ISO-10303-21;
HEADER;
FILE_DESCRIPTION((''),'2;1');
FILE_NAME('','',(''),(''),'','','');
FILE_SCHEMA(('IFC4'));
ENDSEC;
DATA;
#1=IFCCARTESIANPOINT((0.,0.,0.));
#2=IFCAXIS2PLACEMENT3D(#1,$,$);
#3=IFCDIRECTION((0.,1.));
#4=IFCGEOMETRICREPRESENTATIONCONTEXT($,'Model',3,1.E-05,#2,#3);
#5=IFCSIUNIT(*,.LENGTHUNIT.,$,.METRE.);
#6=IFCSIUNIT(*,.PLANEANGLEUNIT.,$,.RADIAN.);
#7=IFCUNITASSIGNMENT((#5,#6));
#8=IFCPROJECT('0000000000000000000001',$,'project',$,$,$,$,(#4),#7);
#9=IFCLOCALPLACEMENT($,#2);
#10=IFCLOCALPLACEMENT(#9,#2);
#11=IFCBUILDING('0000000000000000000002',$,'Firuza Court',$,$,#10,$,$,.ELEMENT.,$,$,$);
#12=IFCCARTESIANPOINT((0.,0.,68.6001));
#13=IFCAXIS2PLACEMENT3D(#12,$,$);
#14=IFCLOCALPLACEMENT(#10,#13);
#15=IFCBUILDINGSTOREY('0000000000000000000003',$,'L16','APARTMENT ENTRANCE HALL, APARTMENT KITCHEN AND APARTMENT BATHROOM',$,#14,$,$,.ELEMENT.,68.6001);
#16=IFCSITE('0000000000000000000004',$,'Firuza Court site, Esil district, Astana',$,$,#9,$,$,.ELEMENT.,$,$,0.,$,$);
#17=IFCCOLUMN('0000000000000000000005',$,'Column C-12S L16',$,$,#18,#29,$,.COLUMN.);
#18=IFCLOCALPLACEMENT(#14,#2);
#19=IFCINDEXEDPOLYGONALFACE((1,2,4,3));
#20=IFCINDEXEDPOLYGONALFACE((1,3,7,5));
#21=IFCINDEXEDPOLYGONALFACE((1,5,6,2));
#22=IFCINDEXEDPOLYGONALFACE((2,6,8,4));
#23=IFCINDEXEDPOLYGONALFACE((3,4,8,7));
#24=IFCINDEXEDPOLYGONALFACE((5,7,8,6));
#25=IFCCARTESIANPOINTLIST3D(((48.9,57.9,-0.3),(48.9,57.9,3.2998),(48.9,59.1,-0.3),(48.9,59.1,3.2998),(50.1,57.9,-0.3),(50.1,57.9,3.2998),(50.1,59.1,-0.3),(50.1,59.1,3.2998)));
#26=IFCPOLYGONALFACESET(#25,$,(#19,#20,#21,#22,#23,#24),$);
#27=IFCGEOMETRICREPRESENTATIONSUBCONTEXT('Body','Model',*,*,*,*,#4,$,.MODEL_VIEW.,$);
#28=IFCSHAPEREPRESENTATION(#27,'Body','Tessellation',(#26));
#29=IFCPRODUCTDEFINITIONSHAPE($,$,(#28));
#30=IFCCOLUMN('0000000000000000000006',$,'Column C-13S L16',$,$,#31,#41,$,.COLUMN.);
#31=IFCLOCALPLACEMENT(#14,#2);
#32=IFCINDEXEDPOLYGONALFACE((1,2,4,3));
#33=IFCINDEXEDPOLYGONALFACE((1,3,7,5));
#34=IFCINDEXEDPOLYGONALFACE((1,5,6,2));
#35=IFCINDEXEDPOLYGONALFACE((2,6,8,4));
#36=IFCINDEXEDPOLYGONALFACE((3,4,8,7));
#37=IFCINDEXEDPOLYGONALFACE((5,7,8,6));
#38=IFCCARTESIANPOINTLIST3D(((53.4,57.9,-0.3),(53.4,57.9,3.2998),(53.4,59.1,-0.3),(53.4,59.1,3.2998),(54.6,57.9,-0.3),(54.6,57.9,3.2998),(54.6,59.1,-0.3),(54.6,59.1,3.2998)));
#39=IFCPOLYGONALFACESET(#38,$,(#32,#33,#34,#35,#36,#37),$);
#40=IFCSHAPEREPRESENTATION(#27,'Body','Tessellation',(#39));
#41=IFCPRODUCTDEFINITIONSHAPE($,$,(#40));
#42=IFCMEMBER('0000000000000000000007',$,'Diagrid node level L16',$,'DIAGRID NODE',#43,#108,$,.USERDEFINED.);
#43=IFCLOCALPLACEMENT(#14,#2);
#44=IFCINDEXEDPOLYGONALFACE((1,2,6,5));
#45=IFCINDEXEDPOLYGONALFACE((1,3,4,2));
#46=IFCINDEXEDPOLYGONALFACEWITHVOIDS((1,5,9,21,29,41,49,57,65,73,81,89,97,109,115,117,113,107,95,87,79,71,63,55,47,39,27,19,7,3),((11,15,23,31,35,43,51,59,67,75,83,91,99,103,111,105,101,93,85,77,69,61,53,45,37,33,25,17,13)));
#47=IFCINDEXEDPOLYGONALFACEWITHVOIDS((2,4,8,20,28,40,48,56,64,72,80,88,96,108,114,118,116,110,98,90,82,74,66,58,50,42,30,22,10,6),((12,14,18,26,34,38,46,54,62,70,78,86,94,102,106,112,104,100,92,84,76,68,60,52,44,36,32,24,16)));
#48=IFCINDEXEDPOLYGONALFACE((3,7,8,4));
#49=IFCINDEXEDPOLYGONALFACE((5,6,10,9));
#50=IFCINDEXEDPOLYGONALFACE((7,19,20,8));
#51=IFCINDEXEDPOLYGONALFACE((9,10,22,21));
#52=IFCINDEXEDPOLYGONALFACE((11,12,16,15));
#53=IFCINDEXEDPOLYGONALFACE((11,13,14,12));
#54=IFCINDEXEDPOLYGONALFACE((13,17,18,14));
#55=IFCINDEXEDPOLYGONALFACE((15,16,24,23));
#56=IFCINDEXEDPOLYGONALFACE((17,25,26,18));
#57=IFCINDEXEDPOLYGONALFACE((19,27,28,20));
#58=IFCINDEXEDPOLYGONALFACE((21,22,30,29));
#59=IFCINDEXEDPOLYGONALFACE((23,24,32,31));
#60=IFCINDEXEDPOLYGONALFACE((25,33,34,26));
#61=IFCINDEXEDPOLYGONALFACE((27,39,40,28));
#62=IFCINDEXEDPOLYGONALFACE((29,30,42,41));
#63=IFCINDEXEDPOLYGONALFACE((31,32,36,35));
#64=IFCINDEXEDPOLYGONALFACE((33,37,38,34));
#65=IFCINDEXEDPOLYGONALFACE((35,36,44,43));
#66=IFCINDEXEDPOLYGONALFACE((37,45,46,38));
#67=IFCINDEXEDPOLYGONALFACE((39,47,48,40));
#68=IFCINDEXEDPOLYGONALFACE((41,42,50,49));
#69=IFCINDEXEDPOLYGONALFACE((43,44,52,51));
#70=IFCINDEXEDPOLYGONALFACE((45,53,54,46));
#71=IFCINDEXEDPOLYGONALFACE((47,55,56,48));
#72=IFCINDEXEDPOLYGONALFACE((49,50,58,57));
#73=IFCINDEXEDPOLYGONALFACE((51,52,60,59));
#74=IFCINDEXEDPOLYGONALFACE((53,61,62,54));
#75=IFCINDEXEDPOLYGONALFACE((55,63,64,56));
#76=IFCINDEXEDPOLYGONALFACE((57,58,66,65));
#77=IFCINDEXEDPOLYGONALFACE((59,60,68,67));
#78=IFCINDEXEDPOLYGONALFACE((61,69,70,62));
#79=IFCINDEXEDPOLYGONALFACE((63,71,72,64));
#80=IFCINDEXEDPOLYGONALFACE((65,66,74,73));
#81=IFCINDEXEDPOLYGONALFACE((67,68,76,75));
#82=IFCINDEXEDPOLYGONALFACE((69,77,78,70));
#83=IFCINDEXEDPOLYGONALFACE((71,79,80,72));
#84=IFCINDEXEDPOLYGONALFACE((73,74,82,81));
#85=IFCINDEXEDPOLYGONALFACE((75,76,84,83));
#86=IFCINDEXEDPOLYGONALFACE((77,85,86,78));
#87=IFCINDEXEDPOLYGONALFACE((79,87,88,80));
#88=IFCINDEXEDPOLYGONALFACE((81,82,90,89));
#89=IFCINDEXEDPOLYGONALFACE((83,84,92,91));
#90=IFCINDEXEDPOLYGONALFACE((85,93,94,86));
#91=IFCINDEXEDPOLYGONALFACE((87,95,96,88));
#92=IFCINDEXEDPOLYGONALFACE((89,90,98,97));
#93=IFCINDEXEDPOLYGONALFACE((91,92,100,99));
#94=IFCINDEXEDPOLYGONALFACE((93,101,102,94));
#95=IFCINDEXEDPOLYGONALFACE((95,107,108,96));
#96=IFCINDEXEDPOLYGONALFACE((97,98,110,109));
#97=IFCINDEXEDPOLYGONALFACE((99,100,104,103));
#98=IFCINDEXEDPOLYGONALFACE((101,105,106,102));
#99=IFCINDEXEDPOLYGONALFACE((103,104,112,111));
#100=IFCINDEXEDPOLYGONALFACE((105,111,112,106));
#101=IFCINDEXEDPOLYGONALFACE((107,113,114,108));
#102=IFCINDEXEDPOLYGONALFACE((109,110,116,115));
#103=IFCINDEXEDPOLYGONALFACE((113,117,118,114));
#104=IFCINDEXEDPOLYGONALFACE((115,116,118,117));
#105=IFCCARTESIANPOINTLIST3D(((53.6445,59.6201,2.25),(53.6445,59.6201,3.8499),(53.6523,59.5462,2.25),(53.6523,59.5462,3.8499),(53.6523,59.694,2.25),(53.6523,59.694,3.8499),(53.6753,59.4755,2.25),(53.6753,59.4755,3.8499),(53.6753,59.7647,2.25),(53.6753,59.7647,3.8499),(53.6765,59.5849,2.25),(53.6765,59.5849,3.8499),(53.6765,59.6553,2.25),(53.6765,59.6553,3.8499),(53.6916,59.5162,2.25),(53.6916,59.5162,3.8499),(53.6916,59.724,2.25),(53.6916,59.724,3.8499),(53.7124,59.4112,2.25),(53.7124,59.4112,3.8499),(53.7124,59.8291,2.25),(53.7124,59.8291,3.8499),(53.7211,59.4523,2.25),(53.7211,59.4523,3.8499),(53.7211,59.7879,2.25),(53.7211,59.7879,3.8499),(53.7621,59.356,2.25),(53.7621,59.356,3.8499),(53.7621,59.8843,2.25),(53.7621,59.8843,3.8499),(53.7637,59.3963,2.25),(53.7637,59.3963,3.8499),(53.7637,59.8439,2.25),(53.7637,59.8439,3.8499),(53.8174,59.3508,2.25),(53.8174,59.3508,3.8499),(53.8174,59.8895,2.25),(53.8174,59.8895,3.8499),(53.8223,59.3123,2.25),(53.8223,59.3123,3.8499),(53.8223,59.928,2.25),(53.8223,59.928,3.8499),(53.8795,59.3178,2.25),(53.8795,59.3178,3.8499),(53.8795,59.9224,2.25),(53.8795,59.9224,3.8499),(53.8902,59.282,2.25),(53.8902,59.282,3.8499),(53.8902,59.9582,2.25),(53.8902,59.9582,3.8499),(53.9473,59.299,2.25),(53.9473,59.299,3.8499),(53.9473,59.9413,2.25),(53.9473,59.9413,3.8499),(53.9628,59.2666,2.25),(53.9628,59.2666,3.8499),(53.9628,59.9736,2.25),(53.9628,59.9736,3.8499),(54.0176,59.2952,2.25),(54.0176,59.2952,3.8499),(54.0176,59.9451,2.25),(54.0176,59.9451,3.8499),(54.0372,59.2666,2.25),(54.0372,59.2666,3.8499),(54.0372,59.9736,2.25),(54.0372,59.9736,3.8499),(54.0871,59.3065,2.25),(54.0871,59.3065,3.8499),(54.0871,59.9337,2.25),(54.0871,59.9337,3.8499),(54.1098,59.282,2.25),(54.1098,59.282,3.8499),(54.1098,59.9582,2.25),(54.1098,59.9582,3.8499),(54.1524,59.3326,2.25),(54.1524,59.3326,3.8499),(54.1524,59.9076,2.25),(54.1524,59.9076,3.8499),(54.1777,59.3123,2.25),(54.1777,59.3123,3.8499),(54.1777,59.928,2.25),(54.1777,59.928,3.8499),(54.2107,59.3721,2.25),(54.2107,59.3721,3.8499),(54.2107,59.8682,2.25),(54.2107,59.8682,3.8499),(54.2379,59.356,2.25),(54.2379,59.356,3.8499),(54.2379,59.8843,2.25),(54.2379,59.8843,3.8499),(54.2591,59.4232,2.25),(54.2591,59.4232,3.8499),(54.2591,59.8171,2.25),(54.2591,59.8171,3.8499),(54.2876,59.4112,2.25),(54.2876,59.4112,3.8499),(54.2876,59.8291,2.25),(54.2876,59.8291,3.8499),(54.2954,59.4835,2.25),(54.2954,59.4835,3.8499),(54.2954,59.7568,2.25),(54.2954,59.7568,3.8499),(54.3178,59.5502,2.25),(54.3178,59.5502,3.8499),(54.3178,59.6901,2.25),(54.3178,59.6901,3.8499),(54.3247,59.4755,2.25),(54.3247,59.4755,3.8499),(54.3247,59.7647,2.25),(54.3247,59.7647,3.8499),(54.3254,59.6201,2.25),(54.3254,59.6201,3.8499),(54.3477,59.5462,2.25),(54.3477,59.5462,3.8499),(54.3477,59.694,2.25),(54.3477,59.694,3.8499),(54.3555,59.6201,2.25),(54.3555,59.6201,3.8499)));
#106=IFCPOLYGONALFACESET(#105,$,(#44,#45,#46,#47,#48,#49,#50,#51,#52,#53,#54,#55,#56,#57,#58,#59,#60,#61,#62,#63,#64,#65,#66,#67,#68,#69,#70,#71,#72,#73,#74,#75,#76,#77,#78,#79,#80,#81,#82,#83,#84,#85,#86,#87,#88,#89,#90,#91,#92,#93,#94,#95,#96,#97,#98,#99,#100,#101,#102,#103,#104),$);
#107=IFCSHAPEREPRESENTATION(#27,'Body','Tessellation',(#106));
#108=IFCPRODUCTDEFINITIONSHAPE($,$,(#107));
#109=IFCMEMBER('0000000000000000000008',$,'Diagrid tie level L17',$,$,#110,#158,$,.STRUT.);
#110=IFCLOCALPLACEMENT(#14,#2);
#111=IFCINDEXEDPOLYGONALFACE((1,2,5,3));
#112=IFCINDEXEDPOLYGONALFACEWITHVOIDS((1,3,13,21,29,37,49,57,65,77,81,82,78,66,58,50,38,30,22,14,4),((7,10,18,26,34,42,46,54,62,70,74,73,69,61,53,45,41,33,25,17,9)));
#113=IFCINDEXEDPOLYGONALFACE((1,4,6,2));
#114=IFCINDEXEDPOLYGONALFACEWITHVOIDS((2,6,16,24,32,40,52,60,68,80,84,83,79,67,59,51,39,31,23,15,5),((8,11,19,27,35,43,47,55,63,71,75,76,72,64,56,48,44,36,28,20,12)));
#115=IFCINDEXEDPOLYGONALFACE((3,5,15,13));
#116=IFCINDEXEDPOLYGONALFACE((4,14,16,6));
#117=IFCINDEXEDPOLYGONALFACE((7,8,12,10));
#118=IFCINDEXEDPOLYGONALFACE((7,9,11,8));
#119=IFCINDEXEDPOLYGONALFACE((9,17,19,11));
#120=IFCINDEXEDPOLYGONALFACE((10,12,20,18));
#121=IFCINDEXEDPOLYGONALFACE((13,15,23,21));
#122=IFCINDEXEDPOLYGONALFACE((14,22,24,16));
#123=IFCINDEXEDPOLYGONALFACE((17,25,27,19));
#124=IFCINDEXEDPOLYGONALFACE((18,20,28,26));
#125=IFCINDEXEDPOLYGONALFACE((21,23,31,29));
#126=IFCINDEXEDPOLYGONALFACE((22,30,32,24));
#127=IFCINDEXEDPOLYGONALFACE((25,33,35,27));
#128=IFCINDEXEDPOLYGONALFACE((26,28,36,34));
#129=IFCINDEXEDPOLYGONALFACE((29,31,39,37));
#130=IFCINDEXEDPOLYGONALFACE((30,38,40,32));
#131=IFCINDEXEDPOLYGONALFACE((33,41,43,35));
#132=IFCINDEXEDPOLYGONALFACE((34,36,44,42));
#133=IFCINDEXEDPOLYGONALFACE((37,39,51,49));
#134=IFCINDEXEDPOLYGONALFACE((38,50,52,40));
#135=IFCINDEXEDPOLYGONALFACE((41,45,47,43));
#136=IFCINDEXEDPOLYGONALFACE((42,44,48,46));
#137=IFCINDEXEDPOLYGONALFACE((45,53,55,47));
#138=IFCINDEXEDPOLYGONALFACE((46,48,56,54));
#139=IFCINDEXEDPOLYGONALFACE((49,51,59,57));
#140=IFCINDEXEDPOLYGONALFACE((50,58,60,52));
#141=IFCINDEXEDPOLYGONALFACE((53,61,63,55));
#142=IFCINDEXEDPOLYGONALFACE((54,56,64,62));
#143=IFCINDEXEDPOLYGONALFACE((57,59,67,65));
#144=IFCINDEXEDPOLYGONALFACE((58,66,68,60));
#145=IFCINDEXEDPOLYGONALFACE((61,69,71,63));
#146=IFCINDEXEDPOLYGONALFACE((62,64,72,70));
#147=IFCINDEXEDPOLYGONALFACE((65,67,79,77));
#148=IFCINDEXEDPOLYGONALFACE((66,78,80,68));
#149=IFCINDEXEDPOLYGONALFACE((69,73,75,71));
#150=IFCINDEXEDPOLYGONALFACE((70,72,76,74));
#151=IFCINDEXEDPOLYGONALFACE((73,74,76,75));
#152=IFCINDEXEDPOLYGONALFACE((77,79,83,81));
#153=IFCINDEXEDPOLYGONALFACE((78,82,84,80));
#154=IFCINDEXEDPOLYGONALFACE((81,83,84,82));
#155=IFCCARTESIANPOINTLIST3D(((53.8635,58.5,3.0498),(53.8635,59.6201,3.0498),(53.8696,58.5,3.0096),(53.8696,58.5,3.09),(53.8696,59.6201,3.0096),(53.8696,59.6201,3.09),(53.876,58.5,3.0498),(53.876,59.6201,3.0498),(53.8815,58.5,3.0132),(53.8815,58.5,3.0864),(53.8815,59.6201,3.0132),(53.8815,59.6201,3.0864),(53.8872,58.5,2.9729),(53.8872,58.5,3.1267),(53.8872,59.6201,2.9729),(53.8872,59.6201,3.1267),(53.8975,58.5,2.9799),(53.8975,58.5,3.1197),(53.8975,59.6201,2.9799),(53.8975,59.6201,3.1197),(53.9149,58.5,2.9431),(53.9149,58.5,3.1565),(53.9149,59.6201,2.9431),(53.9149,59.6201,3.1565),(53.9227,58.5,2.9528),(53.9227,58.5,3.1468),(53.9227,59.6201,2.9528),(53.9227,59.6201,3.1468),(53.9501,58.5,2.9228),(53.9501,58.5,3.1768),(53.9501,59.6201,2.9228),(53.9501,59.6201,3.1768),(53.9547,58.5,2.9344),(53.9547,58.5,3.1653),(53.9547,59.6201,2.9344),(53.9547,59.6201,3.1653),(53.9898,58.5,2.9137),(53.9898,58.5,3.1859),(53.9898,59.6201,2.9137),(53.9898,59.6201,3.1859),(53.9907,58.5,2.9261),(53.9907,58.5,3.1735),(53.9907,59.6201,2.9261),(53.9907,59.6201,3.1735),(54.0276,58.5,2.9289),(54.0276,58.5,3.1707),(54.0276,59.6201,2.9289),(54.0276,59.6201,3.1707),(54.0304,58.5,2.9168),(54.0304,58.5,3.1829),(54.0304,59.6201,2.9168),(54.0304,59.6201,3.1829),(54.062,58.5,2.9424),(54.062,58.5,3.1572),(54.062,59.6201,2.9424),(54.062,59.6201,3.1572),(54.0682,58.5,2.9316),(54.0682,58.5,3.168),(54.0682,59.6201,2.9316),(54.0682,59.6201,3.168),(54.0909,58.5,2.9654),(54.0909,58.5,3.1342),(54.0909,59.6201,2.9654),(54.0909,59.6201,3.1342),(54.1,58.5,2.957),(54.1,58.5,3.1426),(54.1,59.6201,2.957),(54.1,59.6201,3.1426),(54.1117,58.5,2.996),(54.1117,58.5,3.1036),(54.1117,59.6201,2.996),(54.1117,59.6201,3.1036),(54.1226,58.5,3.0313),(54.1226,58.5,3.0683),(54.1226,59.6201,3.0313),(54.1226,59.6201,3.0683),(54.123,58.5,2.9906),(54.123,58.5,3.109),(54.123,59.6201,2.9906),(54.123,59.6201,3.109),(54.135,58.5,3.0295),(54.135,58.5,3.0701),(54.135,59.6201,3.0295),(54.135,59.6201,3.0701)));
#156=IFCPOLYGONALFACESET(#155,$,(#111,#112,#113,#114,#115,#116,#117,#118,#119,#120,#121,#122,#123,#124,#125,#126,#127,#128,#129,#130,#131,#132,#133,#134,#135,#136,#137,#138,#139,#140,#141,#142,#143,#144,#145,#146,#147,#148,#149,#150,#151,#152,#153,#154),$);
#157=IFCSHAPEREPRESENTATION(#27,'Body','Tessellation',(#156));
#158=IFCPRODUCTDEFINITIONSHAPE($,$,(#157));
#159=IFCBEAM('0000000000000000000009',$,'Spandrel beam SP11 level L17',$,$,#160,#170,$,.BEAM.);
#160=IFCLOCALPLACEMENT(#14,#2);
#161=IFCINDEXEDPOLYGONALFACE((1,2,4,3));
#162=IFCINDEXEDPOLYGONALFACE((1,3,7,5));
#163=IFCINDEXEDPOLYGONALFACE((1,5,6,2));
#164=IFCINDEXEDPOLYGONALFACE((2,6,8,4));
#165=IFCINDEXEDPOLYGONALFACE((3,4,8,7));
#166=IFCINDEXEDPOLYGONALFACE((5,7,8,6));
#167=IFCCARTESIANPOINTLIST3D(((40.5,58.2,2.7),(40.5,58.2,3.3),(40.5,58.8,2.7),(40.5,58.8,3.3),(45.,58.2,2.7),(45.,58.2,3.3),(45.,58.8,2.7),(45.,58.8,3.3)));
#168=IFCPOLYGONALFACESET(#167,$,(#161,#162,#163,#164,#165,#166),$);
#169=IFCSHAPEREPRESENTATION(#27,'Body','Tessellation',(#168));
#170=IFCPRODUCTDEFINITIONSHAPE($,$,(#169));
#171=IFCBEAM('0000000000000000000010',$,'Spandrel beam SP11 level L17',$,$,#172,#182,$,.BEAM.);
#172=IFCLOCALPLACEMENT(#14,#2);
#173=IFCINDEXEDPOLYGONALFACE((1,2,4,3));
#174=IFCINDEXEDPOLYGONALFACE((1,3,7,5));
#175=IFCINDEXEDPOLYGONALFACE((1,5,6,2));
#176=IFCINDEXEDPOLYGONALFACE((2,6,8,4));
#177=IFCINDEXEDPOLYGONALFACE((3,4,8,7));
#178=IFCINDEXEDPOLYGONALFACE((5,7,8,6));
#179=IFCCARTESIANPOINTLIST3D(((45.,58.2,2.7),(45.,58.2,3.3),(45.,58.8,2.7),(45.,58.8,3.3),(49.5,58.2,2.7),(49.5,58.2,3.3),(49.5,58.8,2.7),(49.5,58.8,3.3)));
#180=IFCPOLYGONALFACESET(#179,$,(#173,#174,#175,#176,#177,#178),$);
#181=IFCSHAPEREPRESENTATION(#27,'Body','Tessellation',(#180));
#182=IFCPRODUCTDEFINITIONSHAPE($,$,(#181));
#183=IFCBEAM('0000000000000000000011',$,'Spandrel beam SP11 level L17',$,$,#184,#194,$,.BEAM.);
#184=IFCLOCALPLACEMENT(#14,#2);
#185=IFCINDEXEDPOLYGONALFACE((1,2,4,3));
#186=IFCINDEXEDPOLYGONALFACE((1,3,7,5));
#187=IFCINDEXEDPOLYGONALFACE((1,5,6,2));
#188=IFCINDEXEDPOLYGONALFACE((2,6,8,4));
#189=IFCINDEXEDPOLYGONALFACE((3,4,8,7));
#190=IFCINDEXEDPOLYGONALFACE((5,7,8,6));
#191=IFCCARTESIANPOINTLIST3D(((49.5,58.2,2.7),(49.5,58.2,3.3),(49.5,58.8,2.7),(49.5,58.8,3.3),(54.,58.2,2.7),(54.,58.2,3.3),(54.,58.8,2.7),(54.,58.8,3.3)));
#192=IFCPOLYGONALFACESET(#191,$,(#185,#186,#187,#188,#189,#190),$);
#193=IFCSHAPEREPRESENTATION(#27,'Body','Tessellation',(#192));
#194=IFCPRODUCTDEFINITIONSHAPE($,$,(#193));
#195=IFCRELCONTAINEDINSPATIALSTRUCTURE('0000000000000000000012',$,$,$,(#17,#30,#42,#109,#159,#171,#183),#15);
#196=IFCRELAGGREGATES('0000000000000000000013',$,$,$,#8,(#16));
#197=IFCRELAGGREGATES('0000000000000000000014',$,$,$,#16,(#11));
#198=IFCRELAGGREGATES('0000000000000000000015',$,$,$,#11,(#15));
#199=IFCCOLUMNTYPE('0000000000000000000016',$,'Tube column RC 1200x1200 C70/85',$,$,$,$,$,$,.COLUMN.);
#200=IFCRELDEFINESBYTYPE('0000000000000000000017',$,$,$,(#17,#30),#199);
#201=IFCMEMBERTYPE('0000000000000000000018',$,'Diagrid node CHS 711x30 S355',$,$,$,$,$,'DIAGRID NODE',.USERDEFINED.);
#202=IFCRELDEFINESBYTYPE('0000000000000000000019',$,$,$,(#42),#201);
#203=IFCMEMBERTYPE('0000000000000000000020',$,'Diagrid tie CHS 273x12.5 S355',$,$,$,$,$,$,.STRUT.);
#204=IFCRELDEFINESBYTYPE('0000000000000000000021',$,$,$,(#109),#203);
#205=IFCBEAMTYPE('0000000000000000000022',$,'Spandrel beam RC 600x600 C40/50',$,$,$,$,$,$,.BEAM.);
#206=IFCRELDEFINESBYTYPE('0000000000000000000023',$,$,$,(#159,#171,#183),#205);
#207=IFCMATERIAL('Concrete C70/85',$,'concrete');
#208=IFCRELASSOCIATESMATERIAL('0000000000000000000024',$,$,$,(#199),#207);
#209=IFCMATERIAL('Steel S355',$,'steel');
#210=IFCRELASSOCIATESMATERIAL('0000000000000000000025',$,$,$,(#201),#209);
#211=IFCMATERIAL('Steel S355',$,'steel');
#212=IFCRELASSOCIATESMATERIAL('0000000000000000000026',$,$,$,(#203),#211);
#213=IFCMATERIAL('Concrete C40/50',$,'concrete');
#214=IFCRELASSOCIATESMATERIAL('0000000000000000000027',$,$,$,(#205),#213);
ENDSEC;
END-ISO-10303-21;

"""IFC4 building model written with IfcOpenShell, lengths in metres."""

from ifc_helpers import new_model, si_unit, direction, frame, origin, origin_2d, place, context, subcontext, project, spatial, rectangle, hollow_circle, extrude, material, material_profile, profile_set, type_object, element, save


model = new_model("IFC4")

# Units and contexts
model_context = context("Model", 3, precision=1e-05, world=origin(), true_north=direction((0.0, 1.0)))
body_context = subcontext(model_context, "Body", "Model", "MODEL_VIEW")
ifc_project = project(units=[si_unit("LENGTHUNIT", "METRE"), si_unit("PLANEANGLEUNIT", "RADIAN")], contexts=[model_context])

# Site, building, storey
site_placement = place(None, origin())
site = spatial("IfcSite", under=ifc_project, at=site_placement, Name="Firuza Court site, Esil district, Astana", CompositionType="ELEMENT", RefElevation=0.0)
building_placement = place(site_placement, origin())
building = spatial("IfcBuilding", under=site, at=building_placement, Name="Firuza Court", CompositionType="ELEMENT")
storey_placement = place(building_placement, frame((0.0, 0.0, 68.6001)))
storey = spatial("IfcBuildingStorey", under=building, at=storey_placement, Name="L16", Description="APARTMENT ENTRANCE HALL, APARTMENT KITCHEN AND APARTMENT BATHROOM", CompositionType="ELEMENT", Elevation=68.6001)

# Columns
ifc_material_1 = material(Name="Concrete C70/85", Category="concrete")
ifc_material_profile_1 = material_profile(ifc_material_1, rectangle(XDim=1.2, YDim=1.2, at=origin_2d()), Name="RC 1200x1200")
ifc_profile_set_1 = profile_set([ifc_material_profile_1], Name="Concrete C70/85")
column_type = type_object("IfcColumnType", Name="Tube column RC 1200x1200 C70/85", PredefinedType="COLUMN", material=ifc_profile_set_1)
for number, where, z_axis, x_axis, name in (
    (1, (49.5, 58.5, -0.3), (0.0, 0.0, 1.0), (1.0, 0.0, 0.0), "Column C-12S L16"),
    (2, (54.0, 58.5, -0.3), (0.0, 0.0, 1.0), (1.0, 0.0, 0.0), "Column C-13S L16"),
):
    element("IfcColumn", number, at=place(storey_placement, frame(where, z_axis=z_axis, x_axis=x_axis)), inside=storey, type_object=column_type, Name=name, PredefinedType="COLUMN", context=body_context, shape_type="SweptSolid", body=[
        extrude(rectangle(XDim=1.2, YDim=1.2, at=origin_2d()), origin(), (0.0, 0.0, 1.0), 3.5999),
    ])

# Members
ifc_material_2 = material(Name="Steel S355", Category="steel")
ifc_material_profile_2 = material_profile(ifc_material_2, hollow_circle(Radius=0.3555, WallThickness=0.03, at=origin_2d()), Name="CHS 711x30")
ifc_profile_set_2 = profile_set([ifc_material_profile_2], Name="Steel S355")
member_type_1 = type_object("IfcMemberType", Name="Diagrid node CHS 711x30 S355", ElementType="DIAGRID NODE", PredefinedType="USERDEFINED", material=ifc_profile_set_2)
member_1_placement = place(storey_placement, frame((54.0, 59.6201, 2.25), z_axis=(0.0, 0.0, 1.0), x_axis=(1.0, 0.0, 0.0)))
element("IfcMember", 3, at=member_1_placement, inside=storey, type_object=member_type_1, Name="Diagrid node level L16", ObjectType="DIAGRID NODE", PredefinedType="USERDEFINED", context=body_context, shape_type="SweptSolid", body=[
    extrude(hollow_circle(Radius=0.3555, WallThickness=0.03, at=origin_2d()), origin(), (0.0, 0.0, 1.0), 1.5999),
])
ifc_material_3 = material(Name="Steel S355", Category="steel")
ifc_material_profile_3 = material_profile(ifc_material_3, hollow_circle(Radius=0.1365, WallThickness=0.0125, at=origin_2d()), Name="CHS 273x12.5")
ifc_profile_set_3 = profile_set([ifc_material_profile_3], Name="Steel S355")
member_type_2 = type_object("IfcMemberType", Name="Diagrid tie CHS 273x12.5 S355", PredefinedType="STRUT", material=ifc_profile_set_3)
member_2_placement = place(storey_placement, frame((54.0, 58.5, 3.0498), z_axis=(0.0, 1.0, 0.0), x_axis=(-1.0, 0.0, 0.0)))
element("IfcMember", 4, at=member_2_placement, inside=storey, type_object=member_type_2, Name="Diagrid tie level L17", PredefinedType="STRUT", context=body_context, shape_type="SweptSolid", body=[
    extrude(hollow_circle(Radius=0.1365, WallThickness=0.0125, at=origin_2d()), origin(), (0.0, 0.0, 1.0), 1.1201),
])

# Beams
ifc_material_4 = material(Name="Concrete C40/50", Category="concrete")
ifc_material_profile_4 = material_profile(ifc_material_4, rectangle(XDim=0.6001, YDim=0.6001, at=origin_2d()), Name="RC 600x600")
ifc_profile_set_4 = profile_set([ifc_material_profile_4], Name="Concrete C40/50")
beam_type = type_object("IfcBeamType", Name="Spandrel beam RC 600x600 C40/50", PredefinedType="BEAM", material=ifc_profile_set_4)
for number, where, z_axis, x_axis, name in (
    (5, (45.0, 58.5, 3.0), (-1.0, 0.0, 0.0), (0.0, -1.0, 0.0), "Spandrel beam SP11 level L17"),
    (6, (49.5, 58.5, 3.0), (-1.0, 0.0, 0.0), (0.0, -1.0, 0.0), "Spandrel beam SP11 level L17"),
    (7, (54.0, 58.5, 3.0), (-1.0, 0.0, 0.0), (0.0, -1.0, 0.0), "Spandrel beam SP11 level L17"),
):
    element("IfcBeam", number, at=place(storey_placement, frame(where, z_axis=z_axis, x_axis=x_axis)), inside=storey, type_object=beam_type, Name=name, PredefinedType="BEAM", context=body_context, shape_type="SweptSolid", body=[
        extrude(rectangle(XDim=0.6001, YDim=0.6001, at=origin_2d()), origin(), (0.0, 0.0, 1.0), 4.5),
    ])

save(model, "model.ifc")
